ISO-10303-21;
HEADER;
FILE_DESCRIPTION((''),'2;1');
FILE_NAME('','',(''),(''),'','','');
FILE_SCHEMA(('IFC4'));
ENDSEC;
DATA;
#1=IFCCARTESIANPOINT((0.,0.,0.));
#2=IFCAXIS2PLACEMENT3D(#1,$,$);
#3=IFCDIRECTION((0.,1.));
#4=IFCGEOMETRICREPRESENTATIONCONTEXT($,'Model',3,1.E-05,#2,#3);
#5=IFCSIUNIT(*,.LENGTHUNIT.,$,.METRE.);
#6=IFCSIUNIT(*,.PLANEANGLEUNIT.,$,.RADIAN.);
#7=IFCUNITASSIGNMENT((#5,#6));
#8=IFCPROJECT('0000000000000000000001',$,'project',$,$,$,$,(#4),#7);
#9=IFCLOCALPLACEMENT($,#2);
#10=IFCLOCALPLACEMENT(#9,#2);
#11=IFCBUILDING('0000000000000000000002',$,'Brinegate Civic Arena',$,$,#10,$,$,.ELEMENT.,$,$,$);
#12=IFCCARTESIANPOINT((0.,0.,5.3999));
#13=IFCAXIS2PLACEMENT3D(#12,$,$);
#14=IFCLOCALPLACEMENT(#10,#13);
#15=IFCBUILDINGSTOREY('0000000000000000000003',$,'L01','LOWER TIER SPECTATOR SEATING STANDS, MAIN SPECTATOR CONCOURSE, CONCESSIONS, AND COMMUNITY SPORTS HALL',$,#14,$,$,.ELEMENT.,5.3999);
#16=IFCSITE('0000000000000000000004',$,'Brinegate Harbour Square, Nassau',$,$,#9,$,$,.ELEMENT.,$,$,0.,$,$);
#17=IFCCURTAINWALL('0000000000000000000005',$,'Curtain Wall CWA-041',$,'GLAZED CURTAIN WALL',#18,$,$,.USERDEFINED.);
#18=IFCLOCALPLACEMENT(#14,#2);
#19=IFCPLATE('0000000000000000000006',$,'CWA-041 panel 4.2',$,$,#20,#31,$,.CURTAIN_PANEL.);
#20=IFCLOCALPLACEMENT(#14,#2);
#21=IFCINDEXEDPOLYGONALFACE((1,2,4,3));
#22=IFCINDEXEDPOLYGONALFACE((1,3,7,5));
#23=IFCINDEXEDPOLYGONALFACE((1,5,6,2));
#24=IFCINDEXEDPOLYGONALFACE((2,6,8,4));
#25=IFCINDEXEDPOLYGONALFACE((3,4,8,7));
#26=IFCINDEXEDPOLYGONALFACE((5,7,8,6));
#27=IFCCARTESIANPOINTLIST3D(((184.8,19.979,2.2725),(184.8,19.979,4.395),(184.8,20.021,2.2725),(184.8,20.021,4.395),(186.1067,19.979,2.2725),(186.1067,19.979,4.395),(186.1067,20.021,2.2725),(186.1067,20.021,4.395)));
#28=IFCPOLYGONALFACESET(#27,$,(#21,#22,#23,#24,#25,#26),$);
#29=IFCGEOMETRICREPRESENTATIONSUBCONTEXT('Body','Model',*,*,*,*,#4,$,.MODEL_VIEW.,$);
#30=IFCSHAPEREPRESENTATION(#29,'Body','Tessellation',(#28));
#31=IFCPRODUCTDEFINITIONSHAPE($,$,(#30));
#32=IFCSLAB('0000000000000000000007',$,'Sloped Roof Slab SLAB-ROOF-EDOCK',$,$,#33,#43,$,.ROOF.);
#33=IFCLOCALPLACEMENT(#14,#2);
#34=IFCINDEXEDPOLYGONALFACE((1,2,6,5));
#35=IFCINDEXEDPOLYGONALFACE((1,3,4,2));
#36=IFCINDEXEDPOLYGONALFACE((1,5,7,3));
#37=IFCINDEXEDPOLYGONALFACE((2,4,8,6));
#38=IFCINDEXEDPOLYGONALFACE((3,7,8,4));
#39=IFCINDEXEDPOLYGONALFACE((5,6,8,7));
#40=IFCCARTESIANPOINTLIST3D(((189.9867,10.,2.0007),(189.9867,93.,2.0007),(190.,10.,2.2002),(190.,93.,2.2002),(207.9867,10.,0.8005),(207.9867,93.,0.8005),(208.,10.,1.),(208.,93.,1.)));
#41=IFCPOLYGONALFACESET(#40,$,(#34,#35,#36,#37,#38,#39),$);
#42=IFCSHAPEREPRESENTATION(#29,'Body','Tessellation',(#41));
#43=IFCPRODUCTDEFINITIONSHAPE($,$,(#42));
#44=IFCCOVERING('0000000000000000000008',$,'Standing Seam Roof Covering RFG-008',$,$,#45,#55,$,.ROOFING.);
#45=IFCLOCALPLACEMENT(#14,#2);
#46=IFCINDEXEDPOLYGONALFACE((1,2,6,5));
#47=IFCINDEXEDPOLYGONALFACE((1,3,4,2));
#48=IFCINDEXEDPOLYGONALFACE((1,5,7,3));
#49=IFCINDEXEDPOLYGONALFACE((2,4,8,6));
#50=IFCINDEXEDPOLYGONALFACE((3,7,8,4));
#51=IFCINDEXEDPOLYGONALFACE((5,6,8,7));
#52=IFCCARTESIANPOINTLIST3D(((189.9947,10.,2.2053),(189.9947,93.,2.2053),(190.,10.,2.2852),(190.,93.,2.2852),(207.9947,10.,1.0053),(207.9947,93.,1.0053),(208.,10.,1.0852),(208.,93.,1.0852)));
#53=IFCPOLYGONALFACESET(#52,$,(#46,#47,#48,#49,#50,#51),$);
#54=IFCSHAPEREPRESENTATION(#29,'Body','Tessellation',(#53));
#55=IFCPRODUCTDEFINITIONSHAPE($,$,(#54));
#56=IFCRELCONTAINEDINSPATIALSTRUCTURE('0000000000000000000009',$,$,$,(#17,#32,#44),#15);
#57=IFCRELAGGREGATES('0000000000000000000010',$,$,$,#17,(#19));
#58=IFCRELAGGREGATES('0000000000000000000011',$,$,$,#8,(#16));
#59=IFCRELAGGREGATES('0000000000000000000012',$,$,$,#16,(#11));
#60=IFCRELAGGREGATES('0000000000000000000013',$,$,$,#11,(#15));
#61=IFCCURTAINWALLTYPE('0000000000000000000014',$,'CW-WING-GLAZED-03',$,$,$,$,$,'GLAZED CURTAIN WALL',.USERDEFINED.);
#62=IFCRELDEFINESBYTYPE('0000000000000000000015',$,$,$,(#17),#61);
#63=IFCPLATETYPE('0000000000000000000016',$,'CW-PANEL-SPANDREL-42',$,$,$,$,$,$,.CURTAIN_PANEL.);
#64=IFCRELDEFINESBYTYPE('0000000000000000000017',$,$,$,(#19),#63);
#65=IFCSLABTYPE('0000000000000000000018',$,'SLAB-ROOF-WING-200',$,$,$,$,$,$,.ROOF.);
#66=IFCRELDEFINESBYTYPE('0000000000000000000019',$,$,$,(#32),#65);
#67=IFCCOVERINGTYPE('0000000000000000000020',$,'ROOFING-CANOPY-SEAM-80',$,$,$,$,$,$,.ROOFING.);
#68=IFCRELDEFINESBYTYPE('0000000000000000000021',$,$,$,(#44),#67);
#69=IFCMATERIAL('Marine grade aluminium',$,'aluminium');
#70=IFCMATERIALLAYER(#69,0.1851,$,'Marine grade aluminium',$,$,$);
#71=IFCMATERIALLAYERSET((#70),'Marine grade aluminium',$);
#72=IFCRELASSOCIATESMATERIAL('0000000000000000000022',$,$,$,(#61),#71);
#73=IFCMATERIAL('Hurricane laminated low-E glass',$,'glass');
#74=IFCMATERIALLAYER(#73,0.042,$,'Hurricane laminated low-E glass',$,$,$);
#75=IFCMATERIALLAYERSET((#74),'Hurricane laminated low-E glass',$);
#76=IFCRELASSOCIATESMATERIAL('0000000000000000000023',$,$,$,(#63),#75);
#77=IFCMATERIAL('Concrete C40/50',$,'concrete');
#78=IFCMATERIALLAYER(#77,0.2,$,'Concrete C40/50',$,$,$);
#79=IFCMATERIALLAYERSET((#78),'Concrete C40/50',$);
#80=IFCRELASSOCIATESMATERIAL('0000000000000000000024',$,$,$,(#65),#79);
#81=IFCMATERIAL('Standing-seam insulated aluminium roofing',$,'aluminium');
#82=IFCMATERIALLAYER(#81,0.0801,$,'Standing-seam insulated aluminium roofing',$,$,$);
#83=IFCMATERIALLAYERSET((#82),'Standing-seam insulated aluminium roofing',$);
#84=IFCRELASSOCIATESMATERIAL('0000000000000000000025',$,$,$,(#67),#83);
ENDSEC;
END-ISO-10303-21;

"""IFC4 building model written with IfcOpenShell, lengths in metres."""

from ifc_helpers import new_model, si_unit, direction, frame, origin, origin_2d, place, context, subcontext, project, spatial, polyline, rectangle, outline, extrude, material, layer, layer_set, type_object, element, aggregate, save


model = new_model("IFC4")

# Units and contexts
model_context = context("Model", 3, precision=1e-05, world=origin(), true_north=direction((0.0, 1.0)))
body_context = subcontext(model_context, "Body", "Model", "MODEL_VIEW")
ifc_project = project(units=[si_unit("LENGTHUNIT", "METRE"), si_unit("PLANEANGLEUNIT", "RADIAN")], contexts=[model_context])

# Site, building, storey
site_placement = place(None, origin())
site = spatial("IfcSite", under=ifc_project, at=site_placement, Name="Brinegate Harbour Square, Nassau", CompositionType="ELEMENT", RefElevation=0.0)
building_placement = place(site_placement, origin())
building = spatial("IfcBuilding", under=site, at=building_placement, Name="Brinegate Civic Arena", CompositionType="ELEMENT")
storey_placement = place(building_placement, frame((0.0, 0.0, 5.3999)))
storey = spatial("IfcBuildingStorey", under=building, at=storey_placement, Name="L01", Description="LOWER TIER SPECTATOR SEATING STANDS, MAIN SPECTATOR CONCOURSE, CONCESSIONS, AND COMMUNITY SPORTS HALL", CompositionType="ELEMENT", Elevation=5.3999)

# Curtain wall
ifc_material_1 = material(Name="Marine grade aluminium", Category="aluminium")
ifc_layer_1 = layer(ifc_material_1, 0.1851, Name="Marine grade aluminium")
ifc_layer_set_1 = layer_set([ifc_layer_1], Name="Marine grade aluminium")
curtain_wall_type = type_object("IfcCurtainWallType", Name="CW-WING-GLAZED-03", ElementType="GLAZED CURTAIN WALL", PredefinedType="USERDEFINED", material=ifc_layer_set_1)
curtain_wall_placement = place(storey_placement, origin())
curtain_wall = element("IfcCurtainWall", 1, at=curtain_wall_placement, inside=storey, type_object=curtain_wall_type, Name="Curtain Wall CWA-041", ObjectType="GLAZED CURTAIN WALL", PredefinedType="USERDEFINED")

# Plate
ifc_material_2 = material(Name="Hurricane laminated low-E glass", Category="glass")
ifc_layer_2 = layer(ifc_material_2, 0.042, Name="Hurricane laminated low-E glass")
ifc_layer_set_2 = layer_set([ifc_layer_2], Name="Hurricane laminated low-E glass")
plate_type = type_object("IfcPlateType", Name="CW-PANEL-SPANDREL-42", PredefinedType="CURTAIN_PANEL", material=ifc_layer_set_2)
plate_1_placement = place(storey_placement, frame((185.4534, 20.0, 2.2725), z_axis=(0.0, 0.0, 1.0), x_axis=(1.0, 0.0, 0.0)))
plate_1 = element("IfcPlate", 2, at=plate_1_placement, type_object=plate_type, Name="CWA-041 panel 4.2", PredefinedType="CURTAIN_PANEL", context=body_context, shape_type="SweptSolid", body=[
    extrude(rectangle(XDim=1.3066, YDim=0.042, at=origin_2d()), origin(), (0.0, 0.0, 1.0), 2.1226),
])
aggregate(curtain_wall, [plate_1])

# Slab
ifc_material_3 = material(Name="Concrete C40/50", Category="concrete")
ifc_layer_3 = layer(ifc_material_3, 0.2, Name="Concrete C40/50")
ifc_layer_set_3 = layer_set([ifc_layer_3], Name="Concrete C40/50")
slab_type = type_object("IfcSlabType", Name="SLAB-ROOF-WING-200", PredefinedType="ROOF", material=ifc_layer_set_3)
slab_placement = place(storey_placement, frame((190.0, 10.0, 2.2002), z_axis=(0.06653, 0.0, 0.997784), x_axis=(0.997784, 0.0, -0.06653)))
element("IfcSlab", 3, at=slab_placement, inside=storey, type_object=slab_type, Name="Sloped Roof Slab SLAB-ROOF-EDOCK", PredefinedType="ROOF", context=body_context, shape_type="SweptSolid", body=[
    extrude(outline(polyline([(0.0, 0.0), (18.04, 0.0), (18.04, 83.0), (0.0, 83.0), (0.0, 0.0)])), origin(), (0.0, 0.0, -1.0), 0.2),
])

# Covering
ifc_material_4 = material(Name="Standing-seam insulated aluminium roofing", Category="aluminium")
ifc_layer_4 = layer(ifc_material_4, 0.0801, Name="Standing-seam insulated aluminium roofing")
ifc_layer_set_4 = layer_set([ifc_layer_4], Name="Standing-seam insulated aluminium roofing")
covering_type = type_object("IfcCoveringType", Name="ROOFING-CANOPY-SEAM-80", PredefinedType="ROOFING", material=ifc_layer_set_4)
covering_placement = place(storey_placement, frame((190.0, 10.0, 2.2852), z_axis=(0.066516, 0.0, 0.997785), x_axis=(0.997785, 0.0, -0.066516)))
element("IfcCovering", 4, at=covering_placement, inside=storey, type_object=covering_type, Name="Standing Seam Roof Covering RFG-008", PredefinedType="ROOFING", context=body_context, shape_type="SweptSolid", body=[
    extrude(outline(polyline([(0.0, 0.0), (18.04, 0.0), (18.04, 83.0), (0.0, 83.0), (0.0, 0.0)])), origin(), (0.0, 0.0, -1.0), 0.0801),
])

save(model, "model.ifc")
